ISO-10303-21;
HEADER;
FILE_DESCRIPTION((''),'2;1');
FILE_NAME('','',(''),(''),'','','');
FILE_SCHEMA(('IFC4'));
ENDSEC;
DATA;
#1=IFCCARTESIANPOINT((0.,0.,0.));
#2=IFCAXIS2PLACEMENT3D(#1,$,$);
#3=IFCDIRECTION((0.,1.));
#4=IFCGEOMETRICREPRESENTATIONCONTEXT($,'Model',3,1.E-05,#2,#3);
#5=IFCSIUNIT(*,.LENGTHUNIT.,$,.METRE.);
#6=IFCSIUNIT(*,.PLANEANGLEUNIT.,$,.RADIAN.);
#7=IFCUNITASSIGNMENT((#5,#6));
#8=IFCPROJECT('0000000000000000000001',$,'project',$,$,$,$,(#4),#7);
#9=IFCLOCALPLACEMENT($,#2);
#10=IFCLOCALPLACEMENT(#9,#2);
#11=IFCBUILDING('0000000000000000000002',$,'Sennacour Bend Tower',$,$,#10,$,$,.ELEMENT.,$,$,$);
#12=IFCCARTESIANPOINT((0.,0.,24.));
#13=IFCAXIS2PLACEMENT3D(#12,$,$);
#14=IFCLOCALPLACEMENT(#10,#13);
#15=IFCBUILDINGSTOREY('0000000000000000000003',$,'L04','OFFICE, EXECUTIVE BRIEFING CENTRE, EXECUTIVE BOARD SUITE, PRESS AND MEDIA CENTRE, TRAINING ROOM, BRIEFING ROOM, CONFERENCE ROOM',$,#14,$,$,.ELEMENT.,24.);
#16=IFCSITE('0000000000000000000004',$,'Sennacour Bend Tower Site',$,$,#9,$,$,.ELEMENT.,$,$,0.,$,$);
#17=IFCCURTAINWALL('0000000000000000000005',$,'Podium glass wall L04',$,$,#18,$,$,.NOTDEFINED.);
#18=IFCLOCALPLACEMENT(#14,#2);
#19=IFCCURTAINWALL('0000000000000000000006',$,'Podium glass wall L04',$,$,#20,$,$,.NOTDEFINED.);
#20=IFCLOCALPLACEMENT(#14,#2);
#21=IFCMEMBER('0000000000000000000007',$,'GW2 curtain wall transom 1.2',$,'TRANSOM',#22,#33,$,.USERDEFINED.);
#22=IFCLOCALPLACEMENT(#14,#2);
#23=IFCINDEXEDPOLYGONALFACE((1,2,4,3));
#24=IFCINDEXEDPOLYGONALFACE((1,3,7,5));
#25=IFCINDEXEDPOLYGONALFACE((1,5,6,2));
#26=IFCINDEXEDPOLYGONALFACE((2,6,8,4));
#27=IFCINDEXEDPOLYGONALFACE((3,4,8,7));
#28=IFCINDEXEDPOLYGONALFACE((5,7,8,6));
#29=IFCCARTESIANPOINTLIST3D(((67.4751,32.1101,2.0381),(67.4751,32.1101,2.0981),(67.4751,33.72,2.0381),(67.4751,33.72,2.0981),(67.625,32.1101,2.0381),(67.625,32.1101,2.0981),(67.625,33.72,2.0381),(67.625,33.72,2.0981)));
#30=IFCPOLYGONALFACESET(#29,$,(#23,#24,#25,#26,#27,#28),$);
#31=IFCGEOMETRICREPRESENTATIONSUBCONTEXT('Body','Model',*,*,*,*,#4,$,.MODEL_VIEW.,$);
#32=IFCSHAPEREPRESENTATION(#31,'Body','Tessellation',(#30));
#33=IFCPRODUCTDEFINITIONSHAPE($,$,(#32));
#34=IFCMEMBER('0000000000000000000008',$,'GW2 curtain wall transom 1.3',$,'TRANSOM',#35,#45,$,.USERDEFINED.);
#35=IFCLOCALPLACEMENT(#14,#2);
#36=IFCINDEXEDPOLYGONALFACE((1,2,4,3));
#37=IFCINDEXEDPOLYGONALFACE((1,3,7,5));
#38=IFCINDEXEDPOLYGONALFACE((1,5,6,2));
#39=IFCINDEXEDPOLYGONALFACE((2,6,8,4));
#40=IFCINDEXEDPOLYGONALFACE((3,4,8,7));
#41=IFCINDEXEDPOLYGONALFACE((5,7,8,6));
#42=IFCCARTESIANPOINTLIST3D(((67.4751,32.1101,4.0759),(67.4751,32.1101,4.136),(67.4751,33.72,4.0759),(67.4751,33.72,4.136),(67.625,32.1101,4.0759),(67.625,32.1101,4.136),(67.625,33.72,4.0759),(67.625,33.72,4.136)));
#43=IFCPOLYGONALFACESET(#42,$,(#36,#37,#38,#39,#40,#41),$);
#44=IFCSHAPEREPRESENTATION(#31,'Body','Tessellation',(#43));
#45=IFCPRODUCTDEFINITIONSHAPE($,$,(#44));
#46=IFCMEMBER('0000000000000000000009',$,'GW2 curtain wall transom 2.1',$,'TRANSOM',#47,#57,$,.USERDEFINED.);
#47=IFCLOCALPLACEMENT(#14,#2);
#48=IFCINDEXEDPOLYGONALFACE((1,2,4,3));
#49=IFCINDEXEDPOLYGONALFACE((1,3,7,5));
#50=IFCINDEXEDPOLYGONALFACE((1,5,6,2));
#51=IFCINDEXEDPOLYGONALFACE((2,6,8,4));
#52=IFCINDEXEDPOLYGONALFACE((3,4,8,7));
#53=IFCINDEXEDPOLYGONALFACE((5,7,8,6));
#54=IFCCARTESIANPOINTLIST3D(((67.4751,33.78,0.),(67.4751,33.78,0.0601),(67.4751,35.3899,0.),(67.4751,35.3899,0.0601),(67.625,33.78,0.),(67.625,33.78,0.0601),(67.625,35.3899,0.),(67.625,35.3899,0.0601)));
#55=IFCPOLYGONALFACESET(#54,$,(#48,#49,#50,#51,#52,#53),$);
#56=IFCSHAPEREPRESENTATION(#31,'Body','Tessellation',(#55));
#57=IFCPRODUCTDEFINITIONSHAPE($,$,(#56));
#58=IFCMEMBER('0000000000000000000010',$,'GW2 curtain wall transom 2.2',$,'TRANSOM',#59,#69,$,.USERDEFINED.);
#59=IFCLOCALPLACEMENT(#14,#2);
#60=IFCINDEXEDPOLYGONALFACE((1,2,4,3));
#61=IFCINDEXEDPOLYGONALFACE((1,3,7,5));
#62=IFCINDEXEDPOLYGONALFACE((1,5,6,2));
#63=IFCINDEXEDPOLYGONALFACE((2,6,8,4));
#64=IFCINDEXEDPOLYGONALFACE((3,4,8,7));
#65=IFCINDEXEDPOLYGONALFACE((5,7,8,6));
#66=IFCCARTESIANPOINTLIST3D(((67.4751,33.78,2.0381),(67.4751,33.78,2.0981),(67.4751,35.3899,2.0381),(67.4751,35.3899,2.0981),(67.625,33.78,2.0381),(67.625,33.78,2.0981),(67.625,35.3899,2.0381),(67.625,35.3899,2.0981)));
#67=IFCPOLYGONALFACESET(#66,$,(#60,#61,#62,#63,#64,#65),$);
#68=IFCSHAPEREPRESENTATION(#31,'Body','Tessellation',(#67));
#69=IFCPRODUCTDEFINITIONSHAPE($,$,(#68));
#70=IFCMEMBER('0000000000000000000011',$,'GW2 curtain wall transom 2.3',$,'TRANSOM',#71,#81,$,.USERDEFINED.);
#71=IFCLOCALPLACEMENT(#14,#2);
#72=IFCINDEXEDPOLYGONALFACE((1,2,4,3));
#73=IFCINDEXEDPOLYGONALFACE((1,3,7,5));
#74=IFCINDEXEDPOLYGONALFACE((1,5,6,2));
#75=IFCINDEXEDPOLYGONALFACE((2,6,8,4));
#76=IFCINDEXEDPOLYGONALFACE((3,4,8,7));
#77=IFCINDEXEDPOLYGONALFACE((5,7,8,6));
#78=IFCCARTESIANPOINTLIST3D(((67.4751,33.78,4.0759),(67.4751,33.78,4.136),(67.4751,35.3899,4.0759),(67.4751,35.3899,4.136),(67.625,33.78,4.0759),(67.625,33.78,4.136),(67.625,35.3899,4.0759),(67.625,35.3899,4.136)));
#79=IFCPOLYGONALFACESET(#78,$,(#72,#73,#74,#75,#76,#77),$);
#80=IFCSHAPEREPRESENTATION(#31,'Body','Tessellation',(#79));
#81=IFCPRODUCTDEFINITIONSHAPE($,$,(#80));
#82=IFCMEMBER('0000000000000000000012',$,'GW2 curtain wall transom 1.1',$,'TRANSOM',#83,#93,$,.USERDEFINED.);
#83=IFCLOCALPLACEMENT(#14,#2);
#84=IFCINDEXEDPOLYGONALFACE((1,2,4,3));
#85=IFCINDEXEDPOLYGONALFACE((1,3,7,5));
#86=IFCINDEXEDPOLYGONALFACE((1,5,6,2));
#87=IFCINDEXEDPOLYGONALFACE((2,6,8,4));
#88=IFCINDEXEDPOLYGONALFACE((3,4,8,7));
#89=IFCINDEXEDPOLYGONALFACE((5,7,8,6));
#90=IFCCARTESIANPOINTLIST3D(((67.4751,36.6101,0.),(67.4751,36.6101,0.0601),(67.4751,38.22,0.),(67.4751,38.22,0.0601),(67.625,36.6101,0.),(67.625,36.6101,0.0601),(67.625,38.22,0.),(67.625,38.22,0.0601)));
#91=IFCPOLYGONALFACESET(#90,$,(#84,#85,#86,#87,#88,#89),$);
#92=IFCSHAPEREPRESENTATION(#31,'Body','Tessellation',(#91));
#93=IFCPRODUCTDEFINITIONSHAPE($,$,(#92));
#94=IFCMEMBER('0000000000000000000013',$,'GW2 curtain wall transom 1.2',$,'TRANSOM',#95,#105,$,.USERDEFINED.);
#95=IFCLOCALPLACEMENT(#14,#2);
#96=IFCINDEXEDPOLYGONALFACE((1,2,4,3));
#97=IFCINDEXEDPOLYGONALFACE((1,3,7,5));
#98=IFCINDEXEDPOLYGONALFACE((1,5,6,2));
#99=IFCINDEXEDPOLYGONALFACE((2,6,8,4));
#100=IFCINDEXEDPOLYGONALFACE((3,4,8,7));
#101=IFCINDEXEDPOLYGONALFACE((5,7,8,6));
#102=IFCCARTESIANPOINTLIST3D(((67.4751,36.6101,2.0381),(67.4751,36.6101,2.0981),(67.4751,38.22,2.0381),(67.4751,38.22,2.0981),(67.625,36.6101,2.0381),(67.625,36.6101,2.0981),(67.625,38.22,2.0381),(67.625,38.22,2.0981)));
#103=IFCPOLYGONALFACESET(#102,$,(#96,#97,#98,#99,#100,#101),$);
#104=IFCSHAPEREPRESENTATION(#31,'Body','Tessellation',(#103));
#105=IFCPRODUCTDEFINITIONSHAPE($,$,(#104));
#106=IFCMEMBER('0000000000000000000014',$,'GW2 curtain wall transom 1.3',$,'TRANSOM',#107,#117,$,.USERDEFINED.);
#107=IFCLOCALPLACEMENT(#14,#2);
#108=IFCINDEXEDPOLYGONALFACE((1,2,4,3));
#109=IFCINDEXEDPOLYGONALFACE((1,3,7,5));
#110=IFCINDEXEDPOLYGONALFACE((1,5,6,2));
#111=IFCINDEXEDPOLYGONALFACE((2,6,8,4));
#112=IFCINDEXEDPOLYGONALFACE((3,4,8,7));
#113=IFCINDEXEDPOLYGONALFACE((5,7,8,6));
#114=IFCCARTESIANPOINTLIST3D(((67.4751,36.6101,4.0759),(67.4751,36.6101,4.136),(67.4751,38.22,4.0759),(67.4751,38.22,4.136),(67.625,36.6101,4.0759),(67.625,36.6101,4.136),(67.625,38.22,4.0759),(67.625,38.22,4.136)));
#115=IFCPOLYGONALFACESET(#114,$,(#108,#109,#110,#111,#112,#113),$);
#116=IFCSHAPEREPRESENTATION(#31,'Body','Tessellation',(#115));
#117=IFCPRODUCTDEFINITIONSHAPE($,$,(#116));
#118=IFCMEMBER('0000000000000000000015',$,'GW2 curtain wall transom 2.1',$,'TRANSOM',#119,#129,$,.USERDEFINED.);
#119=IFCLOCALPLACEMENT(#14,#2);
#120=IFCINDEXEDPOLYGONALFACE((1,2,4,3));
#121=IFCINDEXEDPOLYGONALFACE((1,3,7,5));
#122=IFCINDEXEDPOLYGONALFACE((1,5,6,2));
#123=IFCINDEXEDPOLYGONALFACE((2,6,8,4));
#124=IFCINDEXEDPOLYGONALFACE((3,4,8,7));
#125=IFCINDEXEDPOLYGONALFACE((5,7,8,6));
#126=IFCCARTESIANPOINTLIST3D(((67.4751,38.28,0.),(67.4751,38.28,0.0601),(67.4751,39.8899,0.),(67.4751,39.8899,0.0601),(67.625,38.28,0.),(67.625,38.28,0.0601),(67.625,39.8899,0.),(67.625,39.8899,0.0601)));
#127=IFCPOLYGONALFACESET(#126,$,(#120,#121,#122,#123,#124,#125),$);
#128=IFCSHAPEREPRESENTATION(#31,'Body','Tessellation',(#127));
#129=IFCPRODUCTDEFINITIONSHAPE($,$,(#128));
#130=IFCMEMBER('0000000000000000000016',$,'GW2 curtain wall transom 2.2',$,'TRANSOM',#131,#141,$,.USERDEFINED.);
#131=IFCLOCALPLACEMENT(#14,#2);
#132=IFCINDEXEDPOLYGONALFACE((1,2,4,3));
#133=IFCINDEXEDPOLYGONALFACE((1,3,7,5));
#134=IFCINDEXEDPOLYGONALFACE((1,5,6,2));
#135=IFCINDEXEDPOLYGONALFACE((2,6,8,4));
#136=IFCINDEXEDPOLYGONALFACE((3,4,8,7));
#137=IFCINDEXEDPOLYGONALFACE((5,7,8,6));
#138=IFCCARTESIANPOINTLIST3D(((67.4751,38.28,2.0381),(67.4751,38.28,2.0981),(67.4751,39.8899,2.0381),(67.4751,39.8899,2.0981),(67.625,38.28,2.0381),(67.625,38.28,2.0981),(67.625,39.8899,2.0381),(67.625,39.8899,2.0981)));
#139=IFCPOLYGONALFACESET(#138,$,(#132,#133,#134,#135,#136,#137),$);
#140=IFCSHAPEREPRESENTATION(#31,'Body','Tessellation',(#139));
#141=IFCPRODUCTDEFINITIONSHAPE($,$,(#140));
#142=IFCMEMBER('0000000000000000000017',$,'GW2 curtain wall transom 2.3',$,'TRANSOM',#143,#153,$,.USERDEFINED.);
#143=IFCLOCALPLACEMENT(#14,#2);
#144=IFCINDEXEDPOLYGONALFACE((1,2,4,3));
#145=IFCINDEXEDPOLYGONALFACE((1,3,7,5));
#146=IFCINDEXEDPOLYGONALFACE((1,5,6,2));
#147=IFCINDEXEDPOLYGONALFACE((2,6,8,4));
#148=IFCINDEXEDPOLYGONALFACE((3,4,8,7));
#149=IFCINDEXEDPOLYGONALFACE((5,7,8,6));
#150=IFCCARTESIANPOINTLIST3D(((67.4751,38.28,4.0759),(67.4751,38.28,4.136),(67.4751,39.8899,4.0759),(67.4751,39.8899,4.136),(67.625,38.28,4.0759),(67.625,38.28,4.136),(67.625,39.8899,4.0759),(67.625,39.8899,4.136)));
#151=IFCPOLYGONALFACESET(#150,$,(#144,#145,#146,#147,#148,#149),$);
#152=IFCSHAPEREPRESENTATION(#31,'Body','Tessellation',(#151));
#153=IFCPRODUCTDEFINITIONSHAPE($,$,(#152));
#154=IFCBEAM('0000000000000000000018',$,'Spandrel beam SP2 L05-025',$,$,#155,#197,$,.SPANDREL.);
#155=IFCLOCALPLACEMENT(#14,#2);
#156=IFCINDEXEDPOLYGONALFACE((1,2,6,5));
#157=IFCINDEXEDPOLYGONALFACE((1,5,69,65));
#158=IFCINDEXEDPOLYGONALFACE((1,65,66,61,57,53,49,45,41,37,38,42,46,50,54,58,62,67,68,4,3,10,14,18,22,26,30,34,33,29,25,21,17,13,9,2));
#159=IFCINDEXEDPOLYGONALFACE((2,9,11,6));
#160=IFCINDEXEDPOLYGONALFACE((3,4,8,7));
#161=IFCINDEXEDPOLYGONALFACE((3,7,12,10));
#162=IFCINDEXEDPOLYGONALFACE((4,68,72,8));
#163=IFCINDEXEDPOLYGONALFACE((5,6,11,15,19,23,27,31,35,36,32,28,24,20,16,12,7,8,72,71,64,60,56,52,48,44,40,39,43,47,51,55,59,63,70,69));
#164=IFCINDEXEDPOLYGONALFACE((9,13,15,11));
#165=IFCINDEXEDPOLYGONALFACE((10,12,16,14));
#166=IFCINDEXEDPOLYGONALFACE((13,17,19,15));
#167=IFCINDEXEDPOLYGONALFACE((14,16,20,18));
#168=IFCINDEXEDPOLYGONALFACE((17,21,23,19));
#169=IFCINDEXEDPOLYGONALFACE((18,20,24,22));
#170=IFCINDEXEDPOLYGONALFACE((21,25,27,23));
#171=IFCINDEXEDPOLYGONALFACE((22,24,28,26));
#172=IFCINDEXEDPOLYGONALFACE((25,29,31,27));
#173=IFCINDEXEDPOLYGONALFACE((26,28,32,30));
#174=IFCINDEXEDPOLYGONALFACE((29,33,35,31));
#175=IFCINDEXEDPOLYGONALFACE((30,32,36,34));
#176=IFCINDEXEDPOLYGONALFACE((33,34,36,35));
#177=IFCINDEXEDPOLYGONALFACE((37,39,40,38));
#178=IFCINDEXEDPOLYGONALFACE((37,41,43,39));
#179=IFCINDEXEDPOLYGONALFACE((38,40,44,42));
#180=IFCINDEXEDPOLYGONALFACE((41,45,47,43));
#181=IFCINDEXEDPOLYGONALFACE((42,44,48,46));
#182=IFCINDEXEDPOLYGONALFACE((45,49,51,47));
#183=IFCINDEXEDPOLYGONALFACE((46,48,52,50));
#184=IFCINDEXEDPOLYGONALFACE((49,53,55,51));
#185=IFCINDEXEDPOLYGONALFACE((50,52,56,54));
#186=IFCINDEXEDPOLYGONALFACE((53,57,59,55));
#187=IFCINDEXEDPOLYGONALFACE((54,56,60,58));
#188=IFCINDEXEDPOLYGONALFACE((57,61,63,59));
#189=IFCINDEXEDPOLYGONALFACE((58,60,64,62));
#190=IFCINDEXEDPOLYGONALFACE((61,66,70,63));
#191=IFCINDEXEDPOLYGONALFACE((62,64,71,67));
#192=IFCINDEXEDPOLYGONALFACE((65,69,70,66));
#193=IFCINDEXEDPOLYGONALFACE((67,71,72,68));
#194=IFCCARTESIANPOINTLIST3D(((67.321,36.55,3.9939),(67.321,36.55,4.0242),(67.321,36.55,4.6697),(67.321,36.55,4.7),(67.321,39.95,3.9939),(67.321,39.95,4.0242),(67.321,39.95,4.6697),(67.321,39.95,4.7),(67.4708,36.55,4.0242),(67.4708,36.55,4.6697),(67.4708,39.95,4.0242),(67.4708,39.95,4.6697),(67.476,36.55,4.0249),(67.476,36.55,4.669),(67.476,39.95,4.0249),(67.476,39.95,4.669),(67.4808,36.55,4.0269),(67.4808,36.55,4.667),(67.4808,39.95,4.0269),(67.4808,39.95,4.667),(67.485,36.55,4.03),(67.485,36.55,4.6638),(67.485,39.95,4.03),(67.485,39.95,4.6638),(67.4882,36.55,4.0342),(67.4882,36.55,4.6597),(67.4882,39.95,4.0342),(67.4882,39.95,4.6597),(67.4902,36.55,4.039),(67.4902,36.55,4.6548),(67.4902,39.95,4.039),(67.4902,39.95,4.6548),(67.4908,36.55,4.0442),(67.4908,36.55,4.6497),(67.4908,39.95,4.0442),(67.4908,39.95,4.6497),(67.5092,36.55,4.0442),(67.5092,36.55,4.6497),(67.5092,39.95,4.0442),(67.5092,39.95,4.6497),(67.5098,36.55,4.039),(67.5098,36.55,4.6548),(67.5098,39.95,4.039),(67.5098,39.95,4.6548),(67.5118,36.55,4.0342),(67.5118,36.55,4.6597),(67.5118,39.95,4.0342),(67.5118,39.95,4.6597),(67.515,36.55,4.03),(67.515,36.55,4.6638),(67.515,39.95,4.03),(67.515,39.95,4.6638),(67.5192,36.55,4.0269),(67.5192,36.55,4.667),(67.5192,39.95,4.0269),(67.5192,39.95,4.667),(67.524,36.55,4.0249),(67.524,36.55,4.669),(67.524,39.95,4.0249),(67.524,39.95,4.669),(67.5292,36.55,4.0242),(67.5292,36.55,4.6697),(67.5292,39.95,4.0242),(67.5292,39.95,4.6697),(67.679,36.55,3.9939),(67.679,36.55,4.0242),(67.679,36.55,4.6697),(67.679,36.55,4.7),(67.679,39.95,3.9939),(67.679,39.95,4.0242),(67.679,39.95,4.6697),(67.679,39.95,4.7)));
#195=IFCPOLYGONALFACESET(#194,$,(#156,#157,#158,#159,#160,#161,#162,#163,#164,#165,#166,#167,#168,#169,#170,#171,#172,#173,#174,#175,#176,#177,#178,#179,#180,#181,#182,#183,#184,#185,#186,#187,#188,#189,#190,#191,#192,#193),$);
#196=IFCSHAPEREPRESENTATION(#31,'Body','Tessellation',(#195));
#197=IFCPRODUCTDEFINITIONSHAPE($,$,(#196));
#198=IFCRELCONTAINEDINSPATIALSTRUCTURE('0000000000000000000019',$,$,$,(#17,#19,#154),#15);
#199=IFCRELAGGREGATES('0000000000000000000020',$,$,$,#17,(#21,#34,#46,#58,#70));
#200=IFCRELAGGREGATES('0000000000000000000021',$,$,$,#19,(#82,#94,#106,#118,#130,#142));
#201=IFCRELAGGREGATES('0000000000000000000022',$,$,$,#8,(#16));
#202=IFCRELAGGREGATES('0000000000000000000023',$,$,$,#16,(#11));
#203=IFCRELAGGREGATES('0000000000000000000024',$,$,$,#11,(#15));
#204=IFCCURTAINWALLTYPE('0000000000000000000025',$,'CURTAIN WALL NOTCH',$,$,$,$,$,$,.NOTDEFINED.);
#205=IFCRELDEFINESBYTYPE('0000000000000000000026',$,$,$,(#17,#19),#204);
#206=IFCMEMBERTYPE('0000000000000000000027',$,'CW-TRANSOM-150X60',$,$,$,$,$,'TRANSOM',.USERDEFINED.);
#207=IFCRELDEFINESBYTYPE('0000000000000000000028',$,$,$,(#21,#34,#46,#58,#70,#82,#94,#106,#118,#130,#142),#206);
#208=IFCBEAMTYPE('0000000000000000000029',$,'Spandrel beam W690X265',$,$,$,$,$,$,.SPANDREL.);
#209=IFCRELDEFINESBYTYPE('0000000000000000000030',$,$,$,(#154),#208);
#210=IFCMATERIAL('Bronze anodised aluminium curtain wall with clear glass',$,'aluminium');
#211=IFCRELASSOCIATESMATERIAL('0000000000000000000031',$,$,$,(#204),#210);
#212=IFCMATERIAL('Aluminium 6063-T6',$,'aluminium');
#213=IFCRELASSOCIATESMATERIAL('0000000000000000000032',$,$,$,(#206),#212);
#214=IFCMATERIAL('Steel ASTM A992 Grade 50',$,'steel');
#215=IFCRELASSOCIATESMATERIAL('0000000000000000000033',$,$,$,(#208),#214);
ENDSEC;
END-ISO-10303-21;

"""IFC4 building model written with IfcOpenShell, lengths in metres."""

from ifc_helpers import new_model, si_unit, direction, frame, origin, origin_2d, place, context, subcontext, project, spatial, rectangle, i_section, extrude, material, material_profile, profile_set, type_object, element, aggregate, save


model = new_model("IFC4")

# Units and contexts
model_context = context("Model", 3, precision=1e-05, world=origin(), true_north=direction((0.0, 1.0)))
body_context = subcontext(model_context, "Body", "Model", "MODEL_VIEW")
ifc_project = project(units=[si_unit("LENGTHUNIT", "METRE"), si_unit("PLANEANGLEUNIT", "RADIAN")], contexts=[model_context])

# Site, building, storey
site_placement = place(None, origin())
site = spatial("IfcSite", under=ifc_project, at=site_placement, Name="Sennacour Bend Tower Site", CompositionType="ELEMENT", RefElevation=0.0)
building_placement = place(site_placement, origin())
building = spatial("IfcBuilding", under=site, at=building_placement, Name="Sennacour Bend Tower", CompositionType="ELEMENT")
storey_placement = place(building_placement, frame((0.0, 0.0, 24.0)))
storey = spatial("IfcBuildingStorey", under=building, at=storey_placement, Name="L04", Description="OFFICE, EXECUTIVE BRIEFING CENTRE, EXECUTIVE BOARD SUITE, PRESS AND MEDIA CENTRE, TRAINING ROOM, BRIEFING ROOM, CONFERENCE ROOM", CompositionType="ELEMENT", Elevation=24.0)

# Curtain walls
ifc_material_1 = material(Name="Bronze anodised aluminium curtain wall with clear glass", Category="aluminium")
curtain_wall_type = type_object("IfcCurtainWallType", Name="CURTAIN WALL NOTCH", PredefinedType="NOTDEFINED", material=ifc_material_1)
ifc_material_2 = material(Name="Aluminium 6063-T6", Category="aluminium")
curtain_wall_1_placement = place(storey_placement, origin())
curtain_wall_1 = element("IfcCurtainWall", 1, at=curtain_wall_1_placement, inside=storey, type_object=curtain_wall_type, Name="Podium glass wall L04", PredefinedType="NOTDEFINED")
curtain_wall_2_placement = place(storey_placement, origin())
curtain_wall_2 = element("IfcCurtainWall", 2, at=curtain_wall_2_placement, inside=storey, type_object=curtain_wall_type, Name="Podium glass wall L04", PredefinedType="NOTDEFINED")

# Members
ifc_material_profile_1 = material_profile(ifc_material_2, rectangle(XDim=0.1499, YDim=0.0601, at=origin_2d()), Name="Aluminium 6063-T6", Category="aluminium")
ifc_profile_set_1 = profile_set([ifc_material_profile_1], Name="Aluminium 6063-T6")
member_type_1 = type_object("IfcMemberType", Name="CW-TRANSOM-150X60", ElementType="TRANSOM", PredefinedType="USERDEFINED", material=ifc_profile_set_1)
member_1_placement = place(storey_placement, frame((67.55, 32.1101, 2.0681), z_axis=(0.0, 1.0, 0.0), x_axis=(-1.0, 0.0, 0.0)))
member_1 = element("IfcMember", 3, at=member_1_placement, type_object=member_type_1, Name="GW2 curtain wall transom 1.2", ObjectType="TRANSOM", PredefinedType="USERDEFINED", context=body_context, shape_type="SweptSolid", body=[
    extrude(rectangle(XDim=0.1499, YDim=0.0601, at=origin_2d()), origin(), (0.0, 0.0, 1.0), 1.6099),
])
member_2_placement = place(storey_placement, frame((67.55, 32.1101, 4.106), z_axis=(0.0, 1.0, 0.0), x_axis=(-1.0, 0.0, 0.0)))
member_2 = element("IfcMember", 4, at=member_2_placement, type_object=member_type_1, Name="GW2 curtain wall transom 1.3", ObjectType="TRANSOM", PredefinedType="USERDEFINED", context=body_context, shape_type="SweptSolid", body=[
    extrude(rectangle(XDim=0.1499, YDim=0.0601, at=origin_2d()), origin(), (0.0, 0.0, 1.0), 1.6099),
])
member_3_placement = place(storey_placement, frame((67.55, 33.78, 0.03), z_axis=(0.0, 1.0, 0.0), x_axis=(-1.0, 0.0, 0.0)))
member_3 = element("IfcMember", 5, at=member_3_placement, type_object=member_type_1, Name="GW2 curtain wall transom 2.1", ObjectType="TRANSOM", PredefinedType="USERDEFINED", context=body_context, shape_type="SweptSolid", body=[
    extrude(rectangle(XDim=0.1499, YDim=0.0601, at=origin_2d()), origin(), (0.0, 0.0, 1.0), 1.6099),
])
member_4_placement = place(storey_placement, frame((67.55, 33.78, 2.0681), z_axis=(0.0, 1.0, 0.0), x_axis=(-1.0, 0.0, 0.0)))
member_4 = element("IfcMember", 6, at=member_4_placement, type_object=member_type_1, Name="GW2 curtain wall transom 2.2", ObjectType="TRANSOM", PredefinedType="USERDEFINED", context=body_context, shape_type="SweptSolid", body=[
    extrude(rectangle(XDim=0.1499, YDim=0.0601, at=origin_2d()), origin(), (0.0, 0.0, 1.0), 1.6099),
])
member_5_placement = place(storey_placement, frame((67.55, 33.78, 4.106), z_axis=(0.0, 1.0, 0.0), x_axis=(-1.0, 0.0, 0.0)))
member_5 = element("IfcMember", 7, at=member_5_placement, type_object=member_type_1, Name="GW2 curtain wall transom 2.3", ObjectType="TRANSOM", PredefinedType="USERDEFINED", context=body_context, shape_type="SweptSolid", body=[
    extrude(rectangle(XDim=0.1499, YDim=0.0601, at=origin_2d()), origin(), (0.0, 0.0, 1.0), 1.6099),
])
member_6_placement = place(storey_placement, frame((67.55, 36.6101, 0.03), z_axis=(0.0, 1.0, 0.0), x_axis=(-1.0, 0.0, 0.0)))
member_6 = element("IfcMember", 8, at=member_6_placement, type_object=member_type_1, Name="GW2 curtain wall transom 1.1", ObjectType="TRANSOM", PredefinedType="USERDEFINED", context=body_context, shape_type="SweptSolid", body=[
    extrude(rectangle(XDim=0.1499, YDim=0.0601, at=origin_2d()), origin(), (0.0, 0.0, 1.0), 1.6099),
])
member_7_placement = place(storey_placement, frame((67.55, 36.6101, 2.0681), z_axis=(0.0, 1.0, 0.0), x_axis=(-1.0, 0.0, 0.0)))
member_7 = element("IfcMember", 9, at=member_7_placement, type_object=member_type_1, Name="GW2 curtain wall transom 1.2", ObjectType="TRANSOM", PredefinedType="USERDEFINED", context=body_context, shape_type="SweptSolid", body=[
    extrude(rectangle(XDim=0.1499, YDim=0.0601, at=origin_2d()), origin(), (0.0, 0.0, 1.0), 1.6099),
])
member_8_placement = place(storey_placement, frame((67.55, 36.6101, 4.106), z_axis=(0.0, 1.0, 0.0), x_axis=(-1.0, 0.0, 0.0)))
member_8 = element("IfcMember", 10, at=member_8_placement, type_object=member_type_1, Name="GW2 curtain wall transom 1.3", ObjectType="TRANSOM", PredefinedType="USERDEFINED", context=body_context, shape_type="SweptSolid", body=[
    extrude(rectangle(XDim=0.1499, YDim=0.0601, at=origin_2d()), origin(), (0.0, 0.0, 1.0), 1.6099),
])
member_9_placement = place(storey_placement, frame((67.55, 38.28, 0.03), z_axis=(0.0, 1.0, 0.0), x_axis=(-1.0, 0.0, 0.0)))
member_9 = element("IfcMember", 11, at=member_9_placement, type_object=member_type_1, Name="GW2 curtain wall transom 2.1", ObjectType="TRANSOM", PredefinedType="USERDEFINED", context=body_context, shape_type="SweptSolid", body=[
    extrude(rectangle(XDim=0.1499, YDim=0.0601, at=origin_2d()), origin(), (0.0, 0.0, 1.0), 1.6099),
])
member_10_placement = place(storey_placement, frame((67.55, 38.28, 2.0681), z_axis=(0.0, 1.0, 0.0), x_axis=(-1.0, 0.0, 0.0)))
member_10 = element("IfcMember", 12, at=member_10_placement, type_object=member_type_1, Name="GW2 curtain wall transom 2.2", ObjectType="TRANSOM", PredefinedType="USERDEFINED", context=body_context, shape_type="SweptSolid", body=[
    extrude(rectangle(XDim=0.1499, YDim=0.0601, at=origin_2d()), origin(), (0.0, 0.0, 1.0), 1.6099),
])
member_11_placement = place(storey_placement, frame((67.55, 38.28, 4.106), z_axis=(0.0, 1.0, 0.0), x_axis=(-1.0, 0.0, 0.0)))
member_11 = element("IfcMember", 13, at=member_11_placement, type_object=member_type_1, Name="GW2 curtain wall transom 2.3", ObjectType="TRANSOM", PredefinedType="USERDEFINED", context=body_context, shape_type="SweptSolid", body=[
    extrude(rectangle(XDim=0.1499, YDim=0.0601, at=origin_2d()), origin(), (0.0, 0.0, 1.0), 1.6099),
])

# Beam
ifc_material_3 = material(Name="Steel ASTM A992 Grade 50", Category="steel")
ifc_material_profile_2 = material_profile(ifc_material_3, i_section(OverallWidth=0.3579, OverallDepth=0.7061, WebThickness=0.0183, FlangeThickness=0.0303, FilletRadius=0.02, at=origin_2d()), Name="Steel ASTM A992 Grade 50", Category="steel")
ifc_profile_set_2 = profile_set([ifc_material_profile_2], Name="Steel ASTM A992 Grade 50")
beam_type = type_object("IfcBeamType", Name="Spandrel beam W690X265", PredefinedType="SPANDREL", material=ifc_profile_set_2)
for number, where, z_axis, x_axis, name in (
    (14, (67.5, 39.95, 4.3469), (0.0, -1.0, 0.0), (1.0, 0.0, 0.0), "Spandrel beam SP2 L05-025"),
):
    element("IfcBeam", number, at=place(storey_placement, frame(where, z_axis=z_axis, x_axis=x_axis)), inside=storey, type_object=beam_type, Name=name, PredefinedType="SPANDREL", context=body_context, shape_type="SweptSolid", body=[
        extrude(i_section(OverallWidth=0.3579, OverallDepth=0.7061, WebThickness=0.0183, FlangeThickness=0.0303, FilletRadius=0.02, at=origin_2d()), origin(), (0.0, 0.0, 1.0), 3.3999),
    ])

aggregate(curtain_wall_1, [member_1, member_2, member_3, member_4, member_5])
aggregate(curtain_wall_2, [member_6, member_7, member_8, member_9, member_10, member_11])

save(model, "model.ifc")
